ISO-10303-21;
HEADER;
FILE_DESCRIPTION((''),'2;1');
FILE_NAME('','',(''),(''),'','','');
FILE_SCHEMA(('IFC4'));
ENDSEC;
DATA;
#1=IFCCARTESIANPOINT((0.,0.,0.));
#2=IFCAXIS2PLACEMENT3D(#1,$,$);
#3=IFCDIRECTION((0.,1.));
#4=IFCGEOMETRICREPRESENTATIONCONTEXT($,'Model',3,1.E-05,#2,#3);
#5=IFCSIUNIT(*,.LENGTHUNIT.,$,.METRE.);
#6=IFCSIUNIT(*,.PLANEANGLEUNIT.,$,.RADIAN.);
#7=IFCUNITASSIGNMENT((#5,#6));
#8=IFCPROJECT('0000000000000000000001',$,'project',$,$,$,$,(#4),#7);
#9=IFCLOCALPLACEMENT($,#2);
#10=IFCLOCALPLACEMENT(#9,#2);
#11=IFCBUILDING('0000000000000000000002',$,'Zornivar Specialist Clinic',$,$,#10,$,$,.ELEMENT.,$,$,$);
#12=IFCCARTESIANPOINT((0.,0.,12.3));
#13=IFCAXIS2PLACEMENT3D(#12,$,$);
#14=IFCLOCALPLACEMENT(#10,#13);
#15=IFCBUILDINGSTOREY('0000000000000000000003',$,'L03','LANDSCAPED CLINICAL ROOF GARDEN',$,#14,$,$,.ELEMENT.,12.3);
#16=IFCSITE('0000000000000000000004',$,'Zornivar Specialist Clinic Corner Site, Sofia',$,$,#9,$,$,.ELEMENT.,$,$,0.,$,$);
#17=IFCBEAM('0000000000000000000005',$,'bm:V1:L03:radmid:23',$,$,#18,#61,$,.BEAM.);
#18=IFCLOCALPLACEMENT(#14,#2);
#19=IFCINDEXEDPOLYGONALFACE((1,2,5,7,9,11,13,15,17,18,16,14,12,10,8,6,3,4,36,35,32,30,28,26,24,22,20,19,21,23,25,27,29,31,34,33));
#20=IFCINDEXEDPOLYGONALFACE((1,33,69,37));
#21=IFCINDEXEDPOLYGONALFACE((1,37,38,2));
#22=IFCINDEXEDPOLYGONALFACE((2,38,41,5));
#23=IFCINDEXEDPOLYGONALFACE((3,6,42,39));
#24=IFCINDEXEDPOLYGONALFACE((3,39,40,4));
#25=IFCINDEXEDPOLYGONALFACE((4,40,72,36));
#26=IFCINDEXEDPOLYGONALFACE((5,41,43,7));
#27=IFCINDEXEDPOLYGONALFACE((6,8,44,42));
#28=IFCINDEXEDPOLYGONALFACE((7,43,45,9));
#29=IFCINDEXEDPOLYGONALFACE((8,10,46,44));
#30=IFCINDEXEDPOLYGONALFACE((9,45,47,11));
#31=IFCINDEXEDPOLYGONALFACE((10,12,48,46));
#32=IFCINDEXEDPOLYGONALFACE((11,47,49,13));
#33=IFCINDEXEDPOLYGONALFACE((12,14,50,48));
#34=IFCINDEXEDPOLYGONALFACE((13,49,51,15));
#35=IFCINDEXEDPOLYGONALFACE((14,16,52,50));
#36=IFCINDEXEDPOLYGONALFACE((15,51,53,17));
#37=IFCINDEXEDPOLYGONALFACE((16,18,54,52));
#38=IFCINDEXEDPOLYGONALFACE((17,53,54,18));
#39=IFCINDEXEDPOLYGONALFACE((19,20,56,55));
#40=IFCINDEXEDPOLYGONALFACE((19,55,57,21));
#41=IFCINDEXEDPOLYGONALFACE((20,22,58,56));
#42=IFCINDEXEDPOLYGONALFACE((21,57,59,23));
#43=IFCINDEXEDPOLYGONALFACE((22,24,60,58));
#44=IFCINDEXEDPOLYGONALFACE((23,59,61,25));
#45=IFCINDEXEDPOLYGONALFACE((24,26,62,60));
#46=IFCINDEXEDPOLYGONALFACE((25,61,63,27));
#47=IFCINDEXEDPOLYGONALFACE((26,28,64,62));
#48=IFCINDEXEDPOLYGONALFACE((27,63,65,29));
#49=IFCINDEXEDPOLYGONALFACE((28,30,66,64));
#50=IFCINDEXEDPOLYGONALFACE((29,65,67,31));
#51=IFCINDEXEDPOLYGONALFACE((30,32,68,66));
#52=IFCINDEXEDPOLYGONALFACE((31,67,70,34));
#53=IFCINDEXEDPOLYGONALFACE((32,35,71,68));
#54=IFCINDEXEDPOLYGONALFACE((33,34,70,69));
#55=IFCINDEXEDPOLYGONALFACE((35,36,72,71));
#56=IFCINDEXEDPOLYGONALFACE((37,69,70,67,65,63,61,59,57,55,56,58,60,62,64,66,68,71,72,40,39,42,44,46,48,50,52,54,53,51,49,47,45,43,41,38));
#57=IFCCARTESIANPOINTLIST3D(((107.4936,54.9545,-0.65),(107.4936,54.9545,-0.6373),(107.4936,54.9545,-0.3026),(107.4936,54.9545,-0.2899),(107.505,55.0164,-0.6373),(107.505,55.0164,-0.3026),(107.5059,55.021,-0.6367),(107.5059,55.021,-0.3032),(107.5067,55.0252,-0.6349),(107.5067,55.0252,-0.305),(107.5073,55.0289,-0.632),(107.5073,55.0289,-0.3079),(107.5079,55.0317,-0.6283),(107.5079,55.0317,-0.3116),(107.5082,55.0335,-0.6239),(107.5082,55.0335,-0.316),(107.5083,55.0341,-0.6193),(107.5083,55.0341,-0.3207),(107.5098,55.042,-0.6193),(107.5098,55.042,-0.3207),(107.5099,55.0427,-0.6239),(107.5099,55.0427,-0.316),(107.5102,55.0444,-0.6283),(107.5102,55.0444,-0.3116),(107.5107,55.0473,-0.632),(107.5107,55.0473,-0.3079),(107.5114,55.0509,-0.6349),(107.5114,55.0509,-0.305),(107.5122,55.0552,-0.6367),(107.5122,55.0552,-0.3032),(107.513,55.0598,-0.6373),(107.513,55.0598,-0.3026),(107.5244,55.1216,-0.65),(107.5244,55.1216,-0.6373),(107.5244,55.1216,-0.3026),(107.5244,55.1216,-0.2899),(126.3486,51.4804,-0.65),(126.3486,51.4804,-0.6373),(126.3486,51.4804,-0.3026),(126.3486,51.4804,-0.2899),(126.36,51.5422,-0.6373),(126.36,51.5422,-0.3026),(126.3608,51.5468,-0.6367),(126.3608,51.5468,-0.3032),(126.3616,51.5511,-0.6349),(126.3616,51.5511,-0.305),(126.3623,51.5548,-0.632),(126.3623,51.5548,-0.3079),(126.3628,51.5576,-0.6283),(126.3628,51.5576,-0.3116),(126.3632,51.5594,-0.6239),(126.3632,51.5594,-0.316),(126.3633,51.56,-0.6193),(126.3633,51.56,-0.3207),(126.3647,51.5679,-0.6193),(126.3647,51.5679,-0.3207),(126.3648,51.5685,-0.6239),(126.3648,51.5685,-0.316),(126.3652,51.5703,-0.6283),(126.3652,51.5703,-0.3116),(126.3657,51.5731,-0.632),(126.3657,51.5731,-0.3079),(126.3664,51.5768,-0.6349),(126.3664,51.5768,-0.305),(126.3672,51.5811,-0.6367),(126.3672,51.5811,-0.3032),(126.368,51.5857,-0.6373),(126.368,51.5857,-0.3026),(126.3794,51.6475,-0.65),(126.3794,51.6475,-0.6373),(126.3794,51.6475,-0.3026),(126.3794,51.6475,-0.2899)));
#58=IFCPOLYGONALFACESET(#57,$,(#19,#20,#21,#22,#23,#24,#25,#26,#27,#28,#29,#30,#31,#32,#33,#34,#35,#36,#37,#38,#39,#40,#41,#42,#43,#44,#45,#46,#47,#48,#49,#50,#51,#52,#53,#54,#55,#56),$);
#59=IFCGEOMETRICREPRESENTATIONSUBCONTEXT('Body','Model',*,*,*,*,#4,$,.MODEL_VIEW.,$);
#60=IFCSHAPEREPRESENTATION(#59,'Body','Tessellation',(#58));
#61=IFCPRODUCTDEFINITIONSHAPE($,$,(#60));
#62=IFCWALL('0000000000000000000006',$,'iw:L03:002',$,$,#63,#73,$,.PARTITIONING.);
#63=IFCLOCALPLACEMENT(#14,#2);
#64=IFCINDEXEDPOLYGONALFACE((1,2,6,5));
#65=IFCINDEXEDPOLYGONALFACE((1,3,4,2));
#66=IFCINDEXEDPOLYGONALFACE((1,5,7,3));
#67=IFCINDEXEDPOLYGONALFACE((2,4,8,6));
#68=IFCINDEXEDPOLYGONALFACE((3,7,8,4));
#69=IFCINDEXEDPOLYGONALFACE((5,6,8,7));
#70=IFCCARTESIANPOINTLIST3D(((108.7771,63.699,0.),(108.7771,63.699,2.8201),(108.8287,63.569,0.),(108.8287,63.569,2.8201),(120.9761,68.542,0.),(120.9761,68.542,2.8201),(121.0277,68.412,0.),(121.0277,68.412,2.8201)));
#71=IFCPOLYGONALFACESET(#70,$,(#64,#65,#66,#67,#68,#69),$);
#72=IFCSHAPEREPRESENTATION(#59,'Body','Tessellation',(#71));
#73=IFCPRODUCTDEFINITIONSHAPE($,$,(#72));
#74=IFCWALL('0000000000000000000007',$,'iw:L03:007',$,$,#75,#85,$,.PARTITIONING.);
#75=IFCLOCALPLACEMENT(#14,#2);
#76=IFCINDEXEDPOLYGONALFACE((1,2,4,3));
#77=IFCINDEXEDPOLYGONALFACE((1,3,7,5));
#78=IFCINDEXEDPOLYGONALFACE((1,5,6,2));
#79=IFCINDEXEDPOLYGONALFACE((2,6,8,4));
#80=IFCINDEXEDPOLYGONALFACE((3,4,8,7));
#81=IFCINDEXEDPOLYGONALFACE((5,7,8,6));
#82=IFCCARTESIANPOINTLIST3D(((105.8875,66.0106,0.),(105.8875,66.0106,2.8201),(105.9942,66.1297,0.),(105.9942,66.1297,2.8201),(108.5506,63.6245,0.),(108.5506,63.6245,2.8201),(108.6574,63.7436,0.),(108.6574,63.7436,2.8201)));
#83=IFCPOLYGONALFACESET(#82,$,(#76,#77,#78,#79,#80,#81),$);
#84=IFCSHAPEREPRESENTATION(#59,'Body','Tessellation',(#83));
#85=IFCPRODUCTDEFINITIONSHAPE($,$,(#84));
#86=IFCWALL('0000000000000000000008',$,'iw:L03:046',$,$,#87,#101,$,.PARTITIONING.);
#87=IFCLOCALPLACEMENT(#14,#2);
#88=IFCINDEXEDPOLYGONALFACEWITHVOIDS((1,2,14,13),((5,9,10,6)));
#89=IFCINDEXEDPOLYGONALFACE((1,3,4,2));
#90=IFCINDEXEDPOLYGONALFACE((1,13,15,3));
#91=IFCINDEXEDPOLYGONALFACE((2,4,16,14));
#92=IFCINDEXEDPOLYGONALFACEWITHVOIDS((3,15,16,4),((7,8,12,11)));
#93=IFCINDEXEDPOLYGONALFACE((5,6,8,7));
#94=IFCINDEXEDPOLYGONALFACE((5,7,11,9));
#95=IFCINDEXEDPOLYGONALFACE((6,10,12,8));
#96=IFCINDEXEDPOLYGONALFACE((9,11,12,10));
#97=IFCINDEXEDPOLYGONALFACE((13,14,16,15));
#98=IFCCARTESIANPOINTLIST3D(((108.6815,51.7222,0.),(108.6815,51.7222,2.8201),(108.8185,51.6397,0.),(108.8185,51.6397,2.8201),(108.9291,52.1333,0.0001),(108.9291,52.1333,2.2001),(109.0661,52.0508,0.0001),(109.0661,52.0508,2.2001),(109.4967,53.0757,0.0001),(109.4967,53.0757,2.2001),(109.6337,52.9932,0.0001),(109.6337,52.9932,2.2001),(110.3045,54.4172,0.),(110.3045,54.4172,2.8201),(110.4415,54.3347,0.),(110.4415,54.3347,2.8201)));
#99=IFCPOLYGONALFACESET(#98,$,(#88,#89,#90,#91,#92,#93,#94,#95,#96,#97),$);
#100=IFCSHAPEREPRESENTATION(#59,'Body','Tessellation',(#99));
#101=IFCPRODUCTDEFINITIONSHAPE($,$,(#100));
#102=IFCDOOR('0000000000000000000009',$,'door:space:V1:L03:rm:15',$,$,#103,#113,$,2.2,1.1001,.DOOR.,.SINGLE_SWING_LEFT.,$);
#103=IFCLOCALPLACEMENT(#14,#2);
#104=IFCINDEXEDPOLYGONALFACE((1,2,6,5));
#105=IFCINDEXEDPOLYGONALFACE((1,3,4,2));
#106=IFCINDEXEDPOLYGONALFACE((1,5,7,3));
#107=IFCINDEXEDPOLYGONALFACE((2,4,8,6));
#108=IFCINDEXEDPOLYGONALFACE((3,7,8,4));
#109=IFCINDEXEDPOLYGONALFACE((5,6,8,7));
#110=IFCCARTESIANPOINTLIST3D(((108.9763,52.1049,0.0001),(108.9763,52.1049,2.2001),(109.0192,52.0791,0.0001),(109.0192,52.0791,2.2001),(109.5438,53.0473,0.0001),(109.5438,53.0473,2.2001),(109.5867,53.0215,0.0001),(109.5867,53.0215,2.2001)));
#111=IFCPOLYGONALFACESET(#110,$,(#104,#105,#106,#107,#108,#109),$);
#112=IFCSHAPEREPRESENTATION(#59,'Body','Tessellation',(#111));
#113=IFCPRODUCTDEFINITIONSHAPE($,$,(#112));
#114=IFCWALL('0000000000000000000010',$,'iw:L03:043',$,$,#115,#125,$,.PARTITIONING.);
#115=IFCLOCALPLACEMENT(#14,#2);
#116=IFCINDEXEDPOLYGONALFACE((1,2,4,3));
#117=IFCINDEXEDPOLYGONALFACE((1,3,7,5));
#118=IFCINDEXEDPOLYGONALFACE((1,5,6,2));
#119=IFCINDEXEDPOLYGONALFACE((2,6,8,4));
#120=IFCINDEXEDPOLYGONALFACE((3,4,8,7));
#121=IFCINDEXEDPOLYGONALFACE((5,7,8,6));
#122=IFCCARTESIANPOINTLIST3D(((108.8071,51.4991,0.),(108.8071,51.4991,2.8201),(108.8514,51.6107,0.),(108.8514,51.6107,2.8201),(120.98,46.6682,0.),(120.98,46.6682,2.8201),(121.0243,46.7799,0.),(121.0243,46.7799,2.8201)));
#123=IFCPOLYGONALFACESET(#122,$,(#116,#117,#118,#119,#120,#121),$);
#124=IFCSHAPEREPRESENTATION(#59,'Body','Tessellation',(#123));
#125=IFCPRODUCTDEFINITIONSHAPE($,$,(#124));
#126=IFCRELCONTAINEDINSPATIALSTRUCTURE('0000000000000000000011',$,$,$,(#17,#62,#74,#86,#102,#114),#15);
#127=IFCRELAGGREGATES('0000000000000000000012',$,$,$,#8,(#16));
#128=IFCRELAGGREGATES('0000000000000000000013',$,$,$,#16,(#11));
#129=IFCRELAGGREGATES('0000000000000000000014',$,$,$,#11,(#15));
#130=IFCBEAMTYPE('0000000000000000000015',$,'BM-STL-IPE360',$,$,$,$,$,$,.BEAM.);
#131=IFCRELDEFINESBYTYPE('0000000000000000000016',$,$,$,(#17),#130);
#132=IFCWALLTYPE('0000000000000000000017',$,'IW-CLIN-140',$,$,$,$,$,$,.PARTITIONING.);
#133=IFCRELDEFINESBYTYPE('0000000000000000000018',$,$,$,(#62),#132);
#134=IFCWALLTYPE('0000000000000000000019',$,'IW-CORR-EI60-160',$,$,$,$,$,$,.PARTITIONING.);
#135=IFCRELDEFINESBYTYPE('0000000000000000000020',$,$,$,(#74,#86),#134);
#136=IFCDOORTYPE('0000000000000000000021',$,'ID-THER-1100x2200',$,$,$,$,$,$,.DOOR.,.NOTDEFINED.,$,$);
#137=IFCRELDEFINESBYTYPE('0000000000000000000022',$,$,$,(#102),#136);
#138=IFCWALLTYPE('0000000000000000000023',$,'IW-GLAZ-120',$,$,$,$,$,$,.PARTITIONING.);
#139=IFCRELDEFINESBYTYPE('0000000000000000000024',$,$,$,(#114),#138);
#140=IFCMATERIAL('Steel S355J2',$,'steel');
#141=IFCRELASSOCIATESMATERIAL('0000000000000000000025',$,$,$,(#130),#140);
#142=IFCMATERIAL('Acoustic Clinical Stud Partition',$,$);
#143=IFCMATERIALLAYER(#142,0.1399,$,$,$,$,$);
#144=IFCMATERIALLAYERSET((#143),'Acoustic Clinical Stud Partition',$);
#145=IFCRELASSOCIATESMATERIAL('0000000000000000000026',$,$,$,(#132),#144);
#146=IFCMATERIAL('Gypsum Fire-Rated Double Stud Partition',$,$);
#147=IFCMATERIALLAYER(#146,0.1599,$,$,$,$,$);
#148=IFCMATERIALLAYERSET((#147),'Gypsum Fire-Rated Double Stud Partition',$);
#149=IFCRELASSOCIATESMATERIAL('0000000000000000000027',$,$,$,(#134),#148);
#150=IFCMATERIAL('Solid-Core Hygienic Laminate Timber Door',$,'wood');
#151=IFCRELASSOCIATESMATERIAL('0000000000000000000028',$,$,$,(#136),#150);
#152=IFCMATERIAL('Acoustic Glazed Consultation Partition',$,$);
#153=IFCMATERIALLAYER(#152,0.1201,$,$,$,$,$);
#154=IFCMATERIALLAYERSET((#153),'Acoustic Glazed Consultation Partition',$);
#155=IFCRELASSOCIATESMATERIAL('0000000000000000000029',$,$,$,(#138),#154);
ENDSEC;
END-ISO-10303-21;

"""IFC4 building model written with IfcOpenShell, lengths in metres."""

from ifc_helpers import new_model, si_unit, direction, frame, frame_2d, origin, origin_2d, place, context, subcontext, project, spatial, rectangle, i_section, extrude, material, layer, layer_set, material_profile, profile_set, type_object, element, fill, save


model = new_model("IFC4")

# Units and contexts
model_context = context("Model", 3, precision=1e-05, world=origin(), true_north=direction((0.0, 1.0)))
body_context = subcontext(model_context, "Body", "Model", "MODEL_VIEW")
ifc_project = project(units=[si_unit("LENGTHUNIT", "METRE"), si_unit("PLANEANGLEUNIT", "RADIAN")], contexts=[model_context])

# Site, building, storey
site_placement = place(None, origin())
site = spatial("IfcSite", under=ifc_project, at=site_placement, Name="Zornivar Specialist Clinic Corner Site, Sofia", CompositionType="ELEMENT", RefElevation=0.0)
building_placement = place(site_placement, origin())
building = spatial("IfcBuilding", under=site, at=building_placement, Name="Zornivar Specialist Clinic", CompositionType="ELEMENT")
storey_placement = place(building_placement, frame((0.0, 0.0, 12.3)))
storey = spatial("IfcBuildingStorey", under=building, at=storey_placement, Name="L03", Description="LANDSCAPED CLINICAL ROOF GARDEN", CompositionType="ELEMENT", Elevation=12.3)

# Beam
ifc_material_1 = material(Name="Steel S355J2", Category="steel")
ifc_material_profile_1 = material_profile(ifc_material_1, i_section(OverallWidth=0.1699, OverallDepth=0.3601, WebThickness=0.0081, FlangeThickness=0.0127, FilletRadius=0.0181, at=origin_2d()), Name="IPE 360")
ifc_profile_set_1 = profile_set([ifc_material_profile_1], Name="Steel S355J2")
beam_type_1 = type_object("IfcBeamType", Name="BM-STL-IPE360", PredefinedType="BEAM", material=ifc_profile_set_1)
beam_1_placement = place(storey_placement, frame((107.509, 55.0381, -0.47), z_axis=(0.983445, -0.181205, 0.0), x_axis=(0.181205, 0.983445, 0.0)))
element("IfcBeam", 1, at=beam_1_placement, inside=storey, type_object=beam_type_1, Name="bm:V1:L03:radmid:23", PredefinedType="BEAM", context=body_context, shape_type="SweptSolid", body=[
    extrude(i_section(OverallWidth=0.1699, OverallDepth=0.3601, WebThickness=0.0081, FlangeThickness=0.0127, FilletRadius=0.0181, at=origin_2d()), origin(), (0.0, 0.0, 1.0), 19.1724),
])

# Walls
ifc_material_2 = material(Name="Acoustic Clinical Stud Partition")
ifc_layer_1 = layer(ifc_material_2, 0.1399)
ifc_layer_set_1 = layer_set([ifc_layer_1], Name="Acoustic Clinical Stud Partition")
wall_type_1 = type_object("IfcWallType", Name="IW-CLIN-140", PredefinedType="PARTITIONING", material=ifc_layer_set_1)
wall_1_placement = place(storey_placement, frame((108.803, 63.634, 0.0), z_axis=(0.0, 0.0, 1.0), x_axis=(0.929434, 0.368987, 0.0)))
element("IfcWall", 2, at=wall_1_placement, inside=storey, type_object=wall_type_1, Name="iw:L03:002", PredefinedType="PARTITIONING", context=body_context, shape_type="SweptSolid", body=[
    extrude(rectangle(XDim=13.1252, YDim=0.1399, at=frame_2d((6.5625, 0.0))), origin(), (0.0, 0.0, 1.0), 2.8201),
])
ifc_material_3 = material(Name="Gypsum Fire-Rated Double Stud Partition")
ifc_layer_2 = layer(ifc_material_3, 0.1599)
ifc_layer_set_2 = layer_set([ifc_layer_2], Name="Gypsum Fire-Rated Double Stud Partition")
wall_type_2 = type_object("IfcWallType", Name="IW-CORR-EI60-160", PredefinedType="PARTITIONING", material=ifc_layer_set_2)
wall_2_placement = place(storey_placement, frame((108.604, 63.6841, 0.0), z_axis=(0.0, 0.0, 1.0), x_axis=(-0.744793, 0.667296, 0.0)))
element("IfcWall", 3, at=wall_2_placement, inside=storey, type_object=wall_type_2, Name="iw:L03:007", PredefinedType="PARTITIONING", context=body_context, shape_type="SweptSolid", body=[
    extrude(rectangle(XDim=3.5757, YDim=0.1599, at=frame_2d((1.7878, 0.0))), origin(), (0.0, 0.0, 1.0), 2.8201),
])

# Wall, opening, door
wall_3_placement = place(storey_placement, frame((108.75, 51.6809, 0.0), z_axis=(0.0, 0.0, 1.0), x_axis=(0.515899, 0.85665, 0.0)))
wall_3 = element("IfcWall", 4, at=wall_3_placement, inside=storey, type_object=wall_type_2, Name="iw:L03:046", PredefinedType="PARTITIONING", context=body_context, shape_type="SweptSolid", body=[
    extrude(rectangle(XDim=3.146, YDim=0.1599, at=frame_2d((1.573, 0.0))), origin(), (0.0, 0.0, 1.0), 2.8201),
])
opening_placement = place(wall_3_placement, frame((0.48, 0.0, 0.0)))
opening = element("IfcOpeningElement", 5, at=opening_placement, cuts=wall_3, PredefinedType="OPENING", context=body_context, shape_type="SweptSolid", body=[
    extrude(rectangle(XDim=1.1001, YDim=2.2, at=frame_2d((0.55, 1.1001))), frame((0.0, 0.0898, 0.0), z_axis=(0.0, -1.0, 0.0), x_axis=(1.0, 0.0, 0.0)), (0.0, 0.0, 1.0), 0.1799),
])
ifc_material_4 = material(Name="Solid-Core Hygienic Laminate Timber Door", Category="wood")
door_type = type_object("IfcDoorType", Name="ID-THER-1100x2200", OperationType="NOTDEFINED", PredefinedType="DOOR", material=ifc_material_4)
door_placement = place(opening_placement, origin())
door = element("IfcDoor", 6, at=door_placement, inside=storey, type_object=door_type, Name="door:space:V1:L03:rm:15", OperationType="SINGLE_SWING_LEFT", OverallHeight=2.2, OverallWidth=1.1001, PredefinedType="DOOR", context=body_context, shape_type="SweptSolid", body=[
    extrude(rectangle(XDim=1.1001, YDim=2.2, at=frame_2d((0.55, 1.1001))), frame((0.0, 0.0249, 0.0), z_axis=(0.0, -1.0, 0.0), x_axis=(1.0, 0.0, 0.0)), (0.0, 0.0, 1.0), 0.05),
])
fill(opening, door)

# Wall
ifc_material_5 = material(Name="Acoustic Glazed Consultation Partition")
ifc_layer_3 = layer(ifc_material_5, 0.1201)
ifc_layer_set_3 = layer_set([ifc_layer_3], Name="Acoustic Glazed Consultation Partition")
wall_type_3 = type_object("IfcWallType", Name="IW-GLAZ-120", PredefinedType="PARTITIONING", material=ifc_layer_set_3)
wall_4_placement = place(storey_placement, frame((108.8291, 51.5549, 0.0), z_axis=(0.0, 0.0, 1.0), x_axis=(0.929482, -0.368866, 0.0)))
element("IfcWall", 7, at=wall_4_placement, inside=storey, type_object=wall_type_3, Name="iw:L03:043", PredefinedType="PARTITIONING", context=body_context, shape_type="SweptSolid", body=[
    extrude(rectangle(XDim=13.0964, YDim=0.1201, at=frame_2d((6.5483, 0.0))), origin(), (0.0, 0.0, 1.0), 2.8201),
])

save(model, "model.ifc")
